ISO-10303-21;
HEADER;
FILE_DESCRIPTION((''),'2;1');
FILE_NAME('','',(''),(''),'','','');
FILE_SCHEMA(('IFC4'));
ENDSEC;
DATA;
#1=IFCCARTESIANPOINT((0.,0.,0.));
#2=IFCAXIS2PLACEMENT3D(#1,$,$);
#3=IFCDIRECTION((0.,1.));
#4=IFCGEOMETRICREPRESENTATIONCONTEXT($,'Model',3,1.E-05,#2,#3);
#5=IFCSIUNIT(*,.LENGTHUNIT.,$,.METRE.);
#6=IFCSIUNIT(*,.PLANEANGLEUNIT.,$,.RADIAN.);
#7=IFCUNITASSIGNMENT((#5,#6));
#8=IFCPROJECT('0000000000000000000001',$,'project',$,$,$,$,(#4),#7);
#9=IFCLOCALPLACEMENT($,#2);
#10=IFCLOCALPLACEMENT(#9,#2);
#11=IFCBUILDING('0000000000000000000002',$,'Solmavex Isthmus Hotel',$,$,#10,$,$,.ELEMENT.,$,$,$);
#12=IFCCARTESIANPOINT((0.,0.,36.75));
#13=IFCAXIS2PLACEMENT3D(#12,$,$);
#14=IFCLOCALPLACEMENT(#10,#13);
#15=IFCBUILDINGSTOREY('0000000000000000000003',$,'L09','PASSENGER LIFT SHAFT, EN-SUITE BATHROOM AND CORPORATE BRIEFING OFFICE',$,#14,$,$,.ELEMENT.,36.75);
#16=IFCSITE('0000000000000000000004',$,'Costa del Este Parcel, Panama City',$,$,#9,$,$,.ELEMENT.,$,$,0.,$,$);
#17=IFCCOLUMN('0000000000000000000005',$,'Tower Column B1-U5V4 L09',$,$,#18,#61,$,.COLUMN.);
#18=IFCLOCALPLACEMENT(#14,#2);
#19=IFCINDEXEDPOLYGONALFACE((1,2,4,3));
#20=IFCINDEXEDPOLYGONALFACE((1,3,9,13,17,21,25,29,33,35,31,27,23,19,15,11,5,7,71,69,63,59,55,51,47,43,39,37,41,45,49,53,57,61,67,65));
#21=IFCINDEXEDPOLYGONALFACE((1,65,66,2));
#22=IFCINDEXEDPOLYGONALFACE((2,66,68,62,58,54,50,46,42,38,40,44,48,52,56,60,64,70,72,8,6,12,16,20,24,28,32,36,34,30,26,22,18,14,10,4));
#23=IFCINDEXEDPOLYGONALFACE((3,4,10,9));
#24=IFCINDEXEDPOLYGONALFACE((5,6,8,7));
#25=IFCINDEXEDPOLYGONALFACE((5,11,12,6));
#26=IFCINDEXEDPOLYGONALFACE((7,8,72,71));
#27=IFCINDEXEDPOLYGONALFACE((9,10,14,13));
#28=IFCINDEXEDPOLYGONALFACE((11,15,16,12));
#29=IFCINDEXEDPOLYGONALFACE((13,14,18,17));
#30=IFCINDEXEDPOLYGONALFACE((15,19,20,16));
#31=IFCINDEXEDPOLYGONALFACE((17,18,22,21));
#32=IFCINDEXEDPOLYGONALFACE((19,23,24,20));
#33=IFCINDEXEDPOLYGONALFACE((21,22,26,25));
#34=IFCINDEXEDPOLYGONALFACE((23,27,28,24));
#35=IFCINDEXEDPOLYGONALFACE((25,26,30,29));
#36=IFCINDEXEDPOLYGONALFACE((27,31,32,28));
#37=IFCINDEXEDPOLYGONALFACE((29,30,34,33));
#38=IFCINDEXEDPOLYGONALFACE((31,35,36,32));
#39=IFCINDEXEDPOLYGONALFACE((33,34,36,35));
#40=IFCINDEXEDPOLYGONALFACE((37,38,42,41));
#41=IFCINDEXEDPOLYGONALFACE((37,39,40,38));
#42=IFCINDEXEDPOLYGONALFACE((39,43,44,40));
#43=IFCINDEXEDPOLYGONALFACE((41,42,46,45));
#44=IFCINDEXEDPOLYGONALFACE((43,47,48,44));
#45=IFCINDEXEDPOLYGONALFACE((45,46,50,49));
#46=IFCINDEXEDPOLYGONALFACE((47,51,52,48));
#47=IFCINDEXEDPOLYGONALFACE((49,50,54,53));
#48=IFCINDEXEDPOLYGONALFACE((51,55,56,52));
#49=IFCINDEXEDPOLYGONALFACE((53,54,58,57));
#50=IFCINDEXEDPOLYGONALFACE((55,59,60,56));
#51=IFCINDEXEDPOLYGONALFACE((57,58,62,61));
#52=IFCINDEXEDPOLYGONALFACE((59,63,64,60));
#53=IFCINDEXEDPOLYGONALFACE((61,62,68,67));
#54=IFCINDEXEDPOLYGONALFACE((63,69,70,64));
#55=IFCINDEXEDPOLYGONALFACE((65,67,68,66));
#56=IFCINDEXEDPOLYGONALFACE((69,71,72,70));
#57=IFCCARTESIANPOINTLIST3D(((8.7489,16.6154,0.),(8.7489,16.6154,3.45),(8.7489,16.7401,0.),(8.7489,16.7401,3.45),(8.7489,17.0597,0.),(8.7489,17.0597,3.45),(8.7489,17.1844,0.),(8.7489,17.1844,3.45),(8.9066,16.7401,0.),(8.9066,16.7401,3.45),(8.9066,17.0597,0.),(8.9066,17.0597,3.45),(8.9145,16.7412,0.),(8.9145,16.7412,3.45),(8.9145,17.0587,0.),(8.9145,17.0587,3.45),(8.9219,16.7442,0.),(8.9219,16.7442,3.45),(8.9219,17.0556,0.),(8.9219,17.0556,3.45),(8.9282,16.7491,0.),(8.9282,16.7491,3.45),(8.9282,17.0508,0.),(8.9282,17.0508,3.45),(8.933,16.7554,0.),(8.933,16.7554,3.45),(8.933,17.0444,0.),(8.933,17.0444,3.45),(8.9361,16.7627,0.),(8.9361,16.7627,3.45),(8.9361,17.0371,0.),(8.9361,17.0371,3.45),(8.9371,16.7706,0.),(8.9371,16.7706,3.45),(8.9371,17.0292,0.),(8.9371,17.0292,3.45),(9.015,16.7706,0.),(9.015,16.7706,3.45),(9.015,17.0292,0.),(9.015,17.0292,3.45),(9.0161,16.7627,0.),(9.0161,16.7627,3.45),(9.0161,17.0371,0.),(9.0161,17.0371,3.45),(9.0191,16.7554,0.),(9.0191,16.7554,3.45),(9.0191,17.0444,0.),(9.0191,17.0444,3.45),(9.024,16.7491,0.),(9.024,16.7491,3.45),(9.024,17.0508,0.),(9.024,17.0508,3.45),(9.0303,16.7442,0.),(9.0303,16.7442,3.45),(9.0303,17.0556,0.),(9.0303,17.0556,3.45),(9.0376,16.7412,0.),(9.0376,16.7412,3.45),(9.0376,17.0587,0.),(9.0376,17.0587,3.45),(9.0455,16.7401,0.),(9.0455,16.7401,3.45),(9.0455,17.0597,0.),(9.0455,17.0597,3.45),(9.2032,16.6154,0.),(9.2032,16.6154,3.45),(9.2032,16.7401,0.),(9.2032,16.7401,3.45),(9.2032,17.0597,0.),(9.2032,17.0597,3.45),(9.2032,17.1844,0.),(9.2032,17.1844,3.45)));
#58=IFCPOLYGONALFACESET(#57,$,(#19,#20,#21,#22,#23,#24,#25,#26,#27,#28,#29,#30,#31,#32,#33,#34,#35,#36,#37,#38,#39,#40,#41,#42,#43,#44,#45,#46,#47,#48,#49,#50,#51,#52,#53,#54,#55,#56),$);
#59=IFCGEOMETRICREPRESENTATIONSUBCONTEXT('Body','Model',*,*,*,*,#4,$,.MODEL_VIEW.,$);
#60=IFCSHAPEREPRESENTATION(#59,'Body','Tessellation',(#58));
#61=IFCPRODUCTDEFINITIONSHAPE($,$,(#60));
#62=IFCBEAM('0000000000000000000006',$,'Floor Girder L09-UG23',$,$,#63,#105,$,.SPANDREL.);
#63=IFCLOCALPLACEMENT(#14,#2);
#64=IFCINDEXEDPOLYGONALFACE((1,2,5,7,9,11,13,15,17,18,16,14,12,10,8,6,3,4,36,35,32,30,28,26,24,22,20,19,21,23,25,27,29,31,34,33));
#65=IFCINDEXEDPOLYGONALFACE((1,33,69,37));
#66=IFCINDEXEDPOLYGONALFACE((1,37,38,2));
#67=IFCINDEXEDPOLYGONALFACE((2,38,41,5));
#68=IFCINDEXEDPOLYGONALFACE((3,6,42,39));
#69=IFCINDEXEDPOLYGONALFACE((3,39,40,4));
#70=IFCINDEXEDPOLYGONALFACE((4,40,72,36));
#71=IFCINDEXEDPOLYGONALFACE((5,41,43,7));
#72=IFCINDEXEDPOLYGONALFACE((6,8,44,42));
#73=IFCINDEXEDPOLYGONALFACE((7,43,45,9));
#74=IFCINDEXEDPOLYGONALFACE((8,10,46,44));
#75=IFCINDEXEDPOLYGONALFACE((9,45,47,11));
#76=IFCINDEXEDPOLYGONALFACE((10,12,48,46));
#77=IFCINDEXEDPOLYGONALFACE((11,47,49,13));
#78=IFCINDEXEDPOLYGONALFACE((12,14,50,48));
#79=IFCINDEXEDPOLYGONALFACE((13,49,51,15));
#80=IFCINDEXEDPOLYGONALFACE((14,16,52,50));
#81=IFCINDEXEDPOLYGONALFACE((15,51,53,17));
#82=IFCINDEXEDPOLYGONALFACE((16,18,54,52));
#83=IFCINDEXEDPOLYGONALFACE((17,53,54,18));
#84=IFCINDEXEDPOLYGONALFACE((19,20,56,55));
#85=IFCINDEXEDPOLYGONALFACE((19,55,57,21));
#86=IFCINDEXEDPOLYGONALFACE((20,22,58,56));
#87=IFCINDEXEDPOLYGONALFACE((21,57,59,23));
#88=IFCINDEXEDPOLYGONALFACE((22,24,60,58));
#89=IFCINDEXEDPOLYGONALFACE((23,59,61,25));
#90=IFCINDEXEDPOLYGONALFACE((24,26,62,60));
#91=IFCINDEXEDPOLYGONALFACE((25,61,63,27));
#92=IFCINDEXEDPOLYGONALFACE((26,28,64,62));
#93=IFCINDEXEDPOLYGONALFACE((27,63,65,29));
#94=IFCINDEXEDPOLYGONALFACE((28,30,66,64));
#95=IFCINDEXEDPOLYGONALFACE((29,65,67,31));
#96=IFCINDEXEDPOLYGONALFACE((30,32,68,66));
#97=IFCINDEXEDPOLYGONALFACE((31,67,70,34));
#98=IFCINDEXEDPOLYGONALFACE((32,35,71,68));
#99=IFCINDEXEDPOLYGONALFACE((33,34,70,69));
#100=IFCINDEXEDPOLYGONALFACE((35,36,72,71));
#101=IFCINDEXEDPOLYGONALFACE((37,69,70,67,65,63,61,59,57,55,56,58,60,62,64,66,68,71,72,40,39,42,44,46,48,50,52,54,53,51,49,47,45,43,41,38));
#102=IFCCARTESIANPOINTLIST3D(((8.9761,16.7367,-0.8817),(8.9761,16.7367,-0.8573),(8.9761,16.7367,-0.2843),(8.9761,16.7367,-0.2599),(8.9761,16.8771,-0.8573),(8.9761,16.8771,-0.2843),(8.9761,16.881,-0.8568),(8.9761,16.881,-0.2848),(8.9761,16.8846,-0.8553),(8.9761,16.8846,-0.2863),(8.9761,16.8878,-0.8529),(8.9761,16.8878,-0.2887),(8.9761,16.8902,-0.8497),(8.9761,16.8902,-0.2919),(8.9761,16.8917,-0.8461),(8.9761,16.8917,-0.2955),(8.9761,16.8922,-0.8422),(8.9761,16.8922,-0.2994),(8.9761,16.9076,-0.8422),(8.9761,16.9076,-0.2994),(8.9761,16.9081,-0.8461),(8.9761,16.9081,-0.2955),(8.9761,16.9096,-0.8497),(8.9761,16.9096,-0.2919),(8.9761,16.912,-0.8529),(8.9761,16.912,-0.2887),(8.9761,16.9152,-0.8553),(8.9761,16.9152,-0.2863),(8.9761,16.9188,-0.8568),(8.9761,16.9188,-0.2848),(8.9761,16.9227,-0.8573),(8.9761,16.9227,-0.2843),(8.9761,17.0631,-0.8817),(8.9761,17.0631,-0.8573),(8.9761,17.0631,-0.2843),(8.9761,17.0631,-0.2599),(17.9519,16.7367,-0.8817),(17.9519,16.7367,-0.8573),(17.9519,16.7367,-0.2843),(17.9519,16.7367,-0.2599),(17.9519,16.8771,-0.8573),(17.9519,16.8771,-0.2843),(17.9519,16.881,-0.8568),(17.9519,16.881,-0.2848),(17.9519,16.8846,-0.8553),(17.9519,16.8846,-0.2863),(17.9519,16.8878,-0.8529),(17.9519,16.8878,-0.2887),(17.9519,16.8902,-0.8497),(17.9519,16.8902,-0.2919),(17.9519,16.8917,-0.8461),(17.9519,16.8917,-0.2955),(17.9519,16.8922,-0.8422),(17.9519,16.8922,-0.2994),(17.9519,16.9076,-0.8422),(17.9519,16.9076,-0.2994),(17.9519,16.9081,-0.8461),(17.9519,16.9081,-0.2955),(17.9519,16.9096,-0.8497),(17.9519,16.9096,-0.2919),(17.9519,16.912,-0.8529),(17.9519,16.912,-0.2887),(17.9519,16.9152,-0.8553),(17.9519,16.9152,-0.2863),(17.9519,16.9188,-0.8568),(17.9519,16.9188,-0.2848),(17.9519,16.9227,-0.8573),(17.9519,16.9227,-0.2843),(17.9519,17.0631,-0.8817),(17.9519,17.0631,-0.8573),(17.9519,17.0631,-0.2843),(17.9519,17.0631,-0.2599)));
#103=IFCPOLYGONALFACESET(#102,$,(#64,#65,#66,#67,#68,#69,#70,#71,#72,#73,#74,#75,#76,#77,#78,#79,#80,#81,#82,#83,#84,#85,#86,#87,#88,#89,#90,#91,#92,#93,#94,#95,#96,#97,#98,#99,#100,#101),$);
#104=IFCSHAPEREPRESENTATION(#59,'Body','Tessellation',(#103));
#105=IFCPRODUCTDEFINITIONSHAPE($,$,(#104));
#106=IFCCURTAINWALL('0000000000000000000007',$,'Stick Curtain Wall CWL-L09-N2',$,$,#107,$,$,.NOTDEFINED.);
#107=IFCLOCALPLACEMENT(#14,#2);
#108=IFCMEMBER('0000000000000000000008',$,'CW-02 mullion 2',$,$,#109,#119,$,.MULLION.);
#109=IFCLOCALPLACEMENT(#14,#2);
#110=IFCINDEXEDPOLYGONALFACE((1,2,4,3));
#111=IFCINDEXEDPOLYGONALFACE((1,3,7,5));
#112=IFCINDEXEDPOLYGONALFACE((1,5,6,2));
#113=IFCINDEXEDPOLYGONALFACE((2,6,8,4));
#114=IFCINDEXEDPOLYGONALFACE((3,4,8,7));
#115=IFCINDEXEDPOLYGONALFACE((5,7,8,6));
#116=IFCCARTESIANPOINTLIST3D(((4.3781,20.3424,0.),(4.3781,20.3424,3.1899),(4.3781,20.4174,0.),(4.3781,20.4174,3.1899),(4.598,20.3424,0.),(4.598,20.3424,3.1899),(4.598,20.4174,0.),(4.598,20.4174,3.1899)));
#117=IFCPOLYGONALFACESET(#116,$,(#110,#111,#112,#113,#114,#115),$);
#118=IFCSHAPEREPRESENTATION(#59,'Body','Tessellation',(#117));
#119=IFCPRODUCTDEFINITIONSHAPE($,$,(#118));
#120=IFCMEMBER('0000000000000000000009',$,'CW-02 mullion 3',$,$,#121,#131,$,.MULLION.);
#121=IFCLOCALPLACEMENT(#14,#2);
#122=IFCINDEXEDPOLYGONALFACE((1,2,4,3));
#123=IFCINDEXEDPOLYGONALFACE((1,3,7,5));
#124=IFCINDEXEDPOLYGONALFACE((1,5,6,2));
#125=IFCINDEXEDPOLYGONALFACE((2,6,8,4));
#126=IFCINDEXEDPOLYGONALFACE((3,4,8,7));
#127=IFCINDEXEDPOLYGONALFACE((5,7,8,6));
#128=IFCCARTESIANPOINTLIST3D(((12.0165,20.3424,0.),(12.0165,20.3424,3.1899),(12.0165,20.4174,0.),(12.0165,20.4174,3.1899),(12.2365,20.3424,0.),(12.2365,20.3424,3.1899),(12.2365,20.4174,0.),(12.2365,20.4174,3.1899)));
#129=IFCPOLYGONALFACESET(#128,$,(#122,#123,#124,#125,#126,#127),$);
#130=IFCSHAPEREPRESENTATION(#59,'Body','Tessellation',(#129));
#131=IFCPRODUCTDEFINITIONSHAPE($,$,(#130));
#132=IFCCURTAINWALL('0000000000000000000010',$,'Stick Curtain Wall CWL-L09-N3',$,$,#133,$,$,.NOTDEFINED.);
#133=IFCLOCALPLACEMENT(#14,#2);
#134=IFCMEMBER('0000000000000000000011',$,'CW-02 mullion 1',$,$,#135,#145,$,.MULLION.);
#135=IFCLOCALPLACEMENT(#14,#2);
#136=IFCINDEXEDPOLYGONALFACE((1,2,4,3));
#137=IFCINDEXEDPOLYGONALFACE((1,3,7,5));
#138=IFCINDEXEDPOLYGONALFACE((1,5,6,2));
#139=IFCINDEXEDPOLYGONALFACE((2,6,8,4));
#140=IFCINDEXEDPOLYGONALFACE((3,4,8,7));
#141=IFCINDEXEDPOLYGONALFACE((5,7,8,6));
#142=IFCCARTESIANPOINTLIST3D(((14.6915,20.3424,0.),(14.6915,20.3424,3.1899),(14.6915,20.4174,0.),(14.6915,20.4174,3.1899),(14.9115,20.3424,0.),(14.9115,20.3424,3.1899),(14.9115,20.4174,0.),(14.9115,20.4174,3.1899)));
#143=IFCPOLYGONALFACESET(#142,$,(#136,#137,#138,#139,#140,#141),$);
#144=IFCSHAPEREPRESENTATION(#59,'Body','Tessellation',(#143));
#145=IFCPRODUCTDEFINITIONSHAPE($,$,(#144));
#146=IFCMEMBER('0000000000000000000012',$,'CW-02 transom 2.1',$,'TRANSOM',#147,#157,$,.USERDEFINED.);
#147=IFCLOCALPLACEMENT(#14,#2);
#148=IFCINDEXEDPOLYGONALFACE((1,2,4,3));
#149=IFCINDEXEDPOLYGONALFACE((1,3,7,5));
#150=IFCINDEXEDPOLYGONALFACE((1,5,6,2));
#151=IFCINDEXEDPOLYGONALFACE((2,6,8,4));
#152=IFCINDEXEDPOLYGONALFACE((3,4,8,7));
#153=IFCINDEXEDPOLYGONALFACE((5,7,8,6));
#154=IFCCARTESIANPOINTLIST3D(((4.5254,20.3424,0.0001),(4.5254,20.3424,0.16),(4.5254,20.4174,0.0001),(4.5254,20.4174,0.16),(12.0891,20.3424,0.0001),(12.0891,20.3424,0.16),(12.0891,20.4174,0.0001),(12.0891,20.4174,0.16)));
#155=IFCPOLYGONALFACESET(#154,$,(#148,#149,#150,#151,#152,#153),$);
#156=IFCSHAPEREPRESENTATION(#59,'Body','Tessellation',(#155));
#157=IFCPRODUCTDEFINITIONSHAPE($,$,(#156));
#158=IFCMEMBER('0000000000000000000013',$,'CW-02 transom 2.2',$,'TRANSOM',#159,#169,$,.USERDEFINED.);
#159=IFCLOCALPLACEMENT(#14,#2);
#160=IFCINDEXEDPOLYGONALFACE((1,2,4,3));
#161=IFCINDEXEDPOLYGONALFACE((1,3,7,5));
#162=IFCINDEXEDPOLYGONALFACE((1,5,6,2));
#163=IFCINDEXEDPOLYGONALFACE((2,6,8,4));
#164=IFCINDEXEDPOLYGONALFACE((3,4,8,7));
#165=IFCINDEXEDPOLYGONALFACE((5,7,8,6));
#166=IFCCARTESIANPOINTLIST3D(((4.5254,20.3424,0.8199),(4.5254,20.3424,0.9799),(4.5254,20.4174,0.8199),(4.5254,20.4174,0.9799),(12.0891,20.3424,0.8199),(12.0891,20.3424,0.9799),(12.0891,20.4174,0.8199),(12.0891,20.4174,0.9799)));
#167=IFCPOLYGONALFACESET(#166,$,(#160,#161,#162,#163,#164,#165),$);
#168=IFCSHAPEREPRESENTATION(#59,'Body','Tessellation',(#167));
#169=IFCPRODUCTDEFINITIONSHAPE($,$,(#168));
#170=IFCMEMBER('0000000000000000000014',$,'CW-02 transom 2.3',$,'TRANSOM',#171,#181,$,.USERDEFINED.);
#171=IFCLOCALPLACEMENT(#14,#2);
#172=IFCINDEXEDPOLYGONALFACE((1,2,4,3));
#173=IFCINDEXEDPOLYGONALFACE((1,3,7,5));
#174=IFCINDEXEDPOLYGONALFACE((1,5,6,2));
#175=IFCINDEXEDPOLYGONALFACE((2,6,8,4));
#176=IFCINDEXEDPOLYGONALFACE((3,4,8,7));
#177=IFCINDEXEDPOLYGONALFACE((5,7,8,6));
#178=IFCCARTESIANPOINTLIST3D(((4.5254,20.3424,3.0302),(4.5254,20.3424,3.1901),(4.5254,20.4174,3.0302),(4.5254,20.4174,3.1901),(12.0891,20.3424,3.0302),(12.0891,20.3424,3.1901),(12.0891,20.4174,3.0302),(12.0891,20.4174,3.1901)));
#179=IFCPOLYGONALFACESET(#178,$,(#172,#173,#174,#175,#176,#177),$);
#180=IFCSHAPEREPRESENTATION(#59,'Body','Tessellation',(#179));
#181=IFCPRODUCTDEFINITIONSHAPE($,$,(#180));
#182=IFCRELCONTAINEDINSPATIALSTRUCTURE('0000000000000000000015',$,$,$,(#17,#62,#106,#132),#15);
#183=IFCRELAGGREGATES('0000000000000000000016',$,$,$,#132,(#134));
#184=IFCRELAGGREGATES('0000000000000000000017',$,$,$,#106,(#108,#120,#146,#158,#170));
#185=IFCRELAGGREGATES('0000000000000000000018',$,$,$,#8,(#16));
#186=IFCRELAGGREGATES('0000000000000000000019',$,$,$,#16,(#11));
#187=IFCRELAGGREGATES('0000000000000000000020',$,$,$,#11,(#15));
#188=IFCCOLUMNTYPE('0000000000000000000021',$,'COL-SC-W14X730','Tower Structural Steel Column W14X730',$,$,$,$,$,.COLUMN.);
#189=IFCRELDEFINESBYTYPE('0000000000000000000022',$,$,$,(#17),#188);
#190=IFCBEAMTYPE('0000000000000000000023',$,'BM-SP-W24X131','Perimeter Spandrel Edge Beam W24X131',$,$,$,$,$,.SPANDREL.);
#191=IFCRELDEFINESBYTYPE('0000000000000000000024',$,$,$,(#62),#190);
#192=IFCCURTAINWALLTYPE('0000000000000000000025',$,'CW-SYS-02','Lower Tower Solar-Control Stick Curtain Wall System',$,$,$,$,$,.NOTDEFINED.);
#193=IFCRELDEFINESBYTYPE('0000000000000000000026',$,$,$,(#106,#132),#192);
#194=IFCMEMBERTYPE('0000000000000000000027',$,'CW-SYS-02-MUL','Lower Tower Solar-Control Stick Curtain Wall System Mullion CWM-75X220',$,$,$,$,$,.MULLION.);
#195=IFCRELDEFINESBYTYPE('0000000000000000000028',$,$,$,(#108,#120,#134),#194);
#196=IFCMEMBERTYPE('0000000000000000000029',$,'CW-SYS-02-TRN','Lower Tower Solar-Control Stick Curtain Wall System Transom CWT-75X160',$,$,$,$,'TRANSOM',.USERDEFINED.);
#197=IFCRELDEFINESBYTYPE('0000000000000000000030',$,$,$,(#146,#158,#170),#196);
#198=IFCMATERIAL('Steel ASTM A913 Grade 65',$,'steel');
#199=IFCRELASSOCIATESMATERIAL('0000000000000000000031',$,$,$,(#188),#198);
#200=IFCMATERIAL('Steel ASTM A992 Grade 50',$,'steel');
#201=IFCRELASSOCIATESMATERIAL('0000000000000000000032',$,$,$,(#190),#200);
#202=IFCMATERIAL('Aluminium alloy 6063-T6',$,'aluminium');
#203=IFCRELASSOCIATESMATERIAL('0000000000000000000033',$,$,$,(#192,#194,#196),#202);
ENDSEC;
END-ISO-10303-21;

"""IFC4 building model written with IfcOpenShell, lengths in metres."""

from ifc_helpers import new_model, si_unit, direction, frame, origin, origin_2d, place, context, subcontext, project, spatial, rectangle, i_section, extrude, material, material_profile, profile_set, type_object, element, aggregate, save


model = new_model("IFC4")

# Units and contexts
model_context = context("Model", 3, precision=1e-05, world=origin(), true_north=direction((0.0, 1.0)))
body_context = subcontext(model_context, "Body", "Model", "MODEL_VIEW")
ifc_project = project(units=[si_unit("LENGTHUNIT", "METRE"), si_unit("PLANEANGLEUNIT", "RADIAN")], contexts=[model_context])

# Site, building, storey
site_placement = place(None, origin())
site = spatial("IfcSite", under=ifc_project, at=site_placement, Name="Costa del Este Parcel, Panama City", CompositionType="ELEMENT", RefElevation=0.0)
building_placement = place(site_placement, origin())
building = spatial("IfcBuilding", under=site, at=building_placement, Name="Solmavex Isthmus Hotel", CompositionType="ELEMENT")
storey_placement = place(building_placement, frame((0.0, 0.0, 36.75)))
storey = spatial("IfcBuildingStorey", under=building, at=storey_placement, Name="L09", Description="PASSENGER LIFT SHAFT, EN-SUITE BATHROOM AND CORPORATE BRIEFING OFFICE", CompositionType="ELEMENT", Elevation=36.75)

# Column
ifc_material_1 = material(Name="Steel ASTM A913 Grade 65", Category="steel")
ifc_material_profile_1 = material_profile(ifc_material_1, i_section(OverallWidth=0.4543, OverallDepth=0.5691, WebThickness=0.0779, FlangeThickness=0.1248, FilletRadius=0.0305, at=origin_2d()), Name="W14X730")
ifc_profile_set_1 = profile_set([ifc_material_profile_1], Name="Steel ASTM A913 Grade 65")
column_type = type_object("IfcColumnType", Name="COL-SC-W14X730", Description="Tower Structural Steel Column W14X730", PredefinedType="COLUMN", material=ifc_profile_set_1)
column_placement = place(storey_placement, frame((8.9761, 16.8999, 0.0), z_axis=(0.0, 0.0, 1.0), x_axis=(1.0, 0.0, 0.0)))
element("IfcColumn", 1, at=column_placement, inside=storey, type_object=column_type, Name="Tower Column B1-U5V4 L09", PredefinedType="COLUMN", context=body_context, shape_type="SweptSolid", body=[
    extrude(i_section(OverallWidth=0.4543, OverallDepth=0.5691, WebThickness=0.0779, FlangeThickness=0.1248, FilletRadius=0.0305, at=origin_2d()), origin(), (0.0, 0.0, 1.0), 3.45),
])

# Beam
ifc_material_2 = material(Name="Steel ASTM A992 Grade 50", Category="steel")
ifc_material_profile_2 = material_profile(ifc_material_2, i_section(OverallWidth=0.3264, OverallDepth=0.6218, WebThickness=0.0154, FlangeThickness=0.0244, FilletRadius=0.0151, at=origin_2d()), Name="W24X131")
ifc_profile_set_2 = profile_set([ifc_material_profile_2], Name="Steel ASTM A992 Grade 50")
beam_type = type_object("IfcBeamType", Name="BM-SP-W24X131", Description="Perimeter Spandrel Edge Beam W24X131", PredefinedType="SPANDREL", material=ifc_profile_set_2)
beam_placement = place(storey_placement, frame((8.9761, 16.8999, -0.5708), z_axis=(1.0, 0.0, 0.0), x_axis=(0.0, 1.0, 0.0)))
element("IfcBeam", 2, at=beam_placement, inside=storey, type_object=beam_type, Name="Floor Girder L09-UG23", PredefinedType="SPANDREL", context=body_context, shape_type="SweptSolid", body=[
    extrude(i_section(OverallWidth=0.3264, OverallDepth=0.6218, WebThickness=0.0154, FlangeThickness=0.0244, FilletRadius=0.0151, at=origin_2d()), origin(), (0.0, 0.0, 1.0), 8.9758),
])

# Curtain wall, members
ifc_material_3 = material(Name="Aluminium alloy 6063-T6", Category="aluminium")
curtain_wall_type = type_object("IfcCurtainWallType", Name="CW-SYS-02", Description="Lower Tower Solar-Control Stick Curtain Wall System", PredefinedType="NOTDEFINED", material=ifc_material_3)
curtain_wall_1_placement = place(storey_placement, origin())
curtain_wall_1 = element("IfcCurtainWall", 3, at=curtain_wall_1_placement, inside=storey, type_object=curtain_wall_type, Name="Stick Curtain Wall CWL-L09-N2", PredefinedType="NOTDEFINED")
ifc_material_profile_3 = material_profile(ifc_material_3, rectangle(XDim=0.075, YDim=0.22, at=origin_2d()), Name="CWM-75X220")
ifc_profile_set_3 = profile_set([ifc_material_profile_3], Name="Aluminium alloy 6063-T6")
member_type_1 = type_object("IfcMemberType", Name="CW-SYS-02-MUL", Description="Lower Tower Solar-Control Stick Curtain Wall System Mullion CWM-75X220", PredefinedType="MULLION", material=ifc_profile_set_3)
member_1_placement = place(storey_placement, frame((4.488, 20.3799, 0.0), z_axis=(0.0, 0.0, 1.0), x_axis=(0.0, 1.0, 0.0)))
member_1 = element("IfcMember", 4, at=member_1_placement, type_object=member_type_1, Name="CW-02 mullion 2", PredefinedType="MULLION", context=body_context, shape_type="SweptSolid", body=[
    extrude(rectangle(XDim=0.075, YDim=0.22, at=origin_2d()), origin(), (0.0, 0.0, 1.0), 3.1899),
])
member_2_placement = place(storey_placement, frame((12.1265, 20.3799, 0.0), z_axis=(0.0, 0.0, 1.0), x_axis=(0.0, 1.0, 0.0)))
member_2 = element("IfcMember", 5, at=member_2_placement, type_object=member_type_1, Name="CW-02 mullion 3", PredefinedType="MULLION", context=body_context, shape_type="SweptSolid", body=[
    extrude(rectangle(XDim=0.075, YDim=0.22, at=origin_2d()), origin(), (0.0, 0.0, 1.0), 3.1899),
])

# Curtain wall, member
curtain_wall_2_placement = place(storey_placement, origin())
curtain_wall_2 = element("IfcCurtainWall", 6, at=curtain_wall_2_placement, inside=storey, type_object=curtain_wall_type, Name="Stick Curtain Wall CWL-L09-N3", PredefinedType="NOTDEFINED")
member_3_placement = place(storey_placement, frame((14.8015, 20.3799, 0.0), z_axis=(0.0, 0.0, 1.0), x_axis=(0.0, 1.0, 0.0)))
member_3 = element("IfcMember", 7, at=member_3_placement, type_object=member_type_1, Name="CW-02 mullion 1", PredefinedType="MULLION", context=body_context, shape_type="SweptSolid", body=[
    extrude(rectangle(XDim=0.075, YDim=0.22, at=origin_2d()), origin(), (0.0, 0.0, 1.0), 3.1899),
])
aggregate(curtain_wall_2, [member_3])

# Members
ifc_material_profile_4 = material_profile(ifc_material_3, rectangle(XDim=0.075, YDim=0.1599, at=origin_2d()), Name="CWT-75X160")
ifc_profile_set_4 = profile_set([ifc_material_profile_4], Name="Aluminium alloy 6063-T6")
member_type_2 = type_object("IfcMemberType", Name="CW-SYS-02-TRN", Description="Lower Tower Solar-Control Stick Curtain Wall System Transom CWT-75X160", ElementType="TRANSOM", PredefinedType="USERDEFINED", material=ifc_profile_set_4)
member_4_placement = place(storey_placement, frame((4.5254, 20.3799, 0.0801), z_axis=(1.0, 0.0, 0.0), x_axis=(0.0, 1.0, 0.0)))
member_4 = element("IfcMember", 8, at=member_4_placement, type_object=member_type_2, Name="CW-02 transom 2.1", ObjectType="TRANSOM", PredefinedType="USERDEFINED", context=body_context, shape_type="SweptSolid", body=[
    extrude(rectangle(XDim=0.075, YDim=0.1599, at=origin_2d()), origin(), (0.0, 0.0, 1.0), 7.5637),
])
member_5_placement = place(storey_placement, frame((4.5254, 20.3799, 0.8999), z_axis=(1.0, 0.0, 0.0), x_axis=(0.0, 1.0, 0.0)))
member_5 = element("IfcMember", 9, at=member_5_placement, type_object=member_type_2, Name="CW-02 transom 2.2", ObjectType="TRANSOM", PredefinedType="USERDEFINED", context=body_context, shape_type="SweptSolid", body=[
    extrude(rectangle(XDim=0.075, YDim=0.1599, at=origin_2d()), origin(), (0.0, 0.0, 1.0), 7.5637),
])
member_6_placement = place(storey_placement, frame((4.5254, 20.3799, 3.1101), z_axis=(1.0, 0.0, 0.0), x_axis=(0.0, 1.0, 0.0)))
member_6 = element("IfcMember", 10, at=member_6_placement, type_object=member_type_2, Name="CW-02 transom 2.3", ObjectType="TRANSOM", PredefinedType="USERDEFINED", context=body_context, shape_type="SweptSolid", body=[
    extrude(rectangle(XDim=0.075, YDim=0.1599, at=origin_2d()), origin(), (0.0, 0.0, 1.0), 7.5637),
])

aggregate(curtain_wall_1, [member_1, member_2, member_4, member_5, member_6])

save(model, "model.ifc")
